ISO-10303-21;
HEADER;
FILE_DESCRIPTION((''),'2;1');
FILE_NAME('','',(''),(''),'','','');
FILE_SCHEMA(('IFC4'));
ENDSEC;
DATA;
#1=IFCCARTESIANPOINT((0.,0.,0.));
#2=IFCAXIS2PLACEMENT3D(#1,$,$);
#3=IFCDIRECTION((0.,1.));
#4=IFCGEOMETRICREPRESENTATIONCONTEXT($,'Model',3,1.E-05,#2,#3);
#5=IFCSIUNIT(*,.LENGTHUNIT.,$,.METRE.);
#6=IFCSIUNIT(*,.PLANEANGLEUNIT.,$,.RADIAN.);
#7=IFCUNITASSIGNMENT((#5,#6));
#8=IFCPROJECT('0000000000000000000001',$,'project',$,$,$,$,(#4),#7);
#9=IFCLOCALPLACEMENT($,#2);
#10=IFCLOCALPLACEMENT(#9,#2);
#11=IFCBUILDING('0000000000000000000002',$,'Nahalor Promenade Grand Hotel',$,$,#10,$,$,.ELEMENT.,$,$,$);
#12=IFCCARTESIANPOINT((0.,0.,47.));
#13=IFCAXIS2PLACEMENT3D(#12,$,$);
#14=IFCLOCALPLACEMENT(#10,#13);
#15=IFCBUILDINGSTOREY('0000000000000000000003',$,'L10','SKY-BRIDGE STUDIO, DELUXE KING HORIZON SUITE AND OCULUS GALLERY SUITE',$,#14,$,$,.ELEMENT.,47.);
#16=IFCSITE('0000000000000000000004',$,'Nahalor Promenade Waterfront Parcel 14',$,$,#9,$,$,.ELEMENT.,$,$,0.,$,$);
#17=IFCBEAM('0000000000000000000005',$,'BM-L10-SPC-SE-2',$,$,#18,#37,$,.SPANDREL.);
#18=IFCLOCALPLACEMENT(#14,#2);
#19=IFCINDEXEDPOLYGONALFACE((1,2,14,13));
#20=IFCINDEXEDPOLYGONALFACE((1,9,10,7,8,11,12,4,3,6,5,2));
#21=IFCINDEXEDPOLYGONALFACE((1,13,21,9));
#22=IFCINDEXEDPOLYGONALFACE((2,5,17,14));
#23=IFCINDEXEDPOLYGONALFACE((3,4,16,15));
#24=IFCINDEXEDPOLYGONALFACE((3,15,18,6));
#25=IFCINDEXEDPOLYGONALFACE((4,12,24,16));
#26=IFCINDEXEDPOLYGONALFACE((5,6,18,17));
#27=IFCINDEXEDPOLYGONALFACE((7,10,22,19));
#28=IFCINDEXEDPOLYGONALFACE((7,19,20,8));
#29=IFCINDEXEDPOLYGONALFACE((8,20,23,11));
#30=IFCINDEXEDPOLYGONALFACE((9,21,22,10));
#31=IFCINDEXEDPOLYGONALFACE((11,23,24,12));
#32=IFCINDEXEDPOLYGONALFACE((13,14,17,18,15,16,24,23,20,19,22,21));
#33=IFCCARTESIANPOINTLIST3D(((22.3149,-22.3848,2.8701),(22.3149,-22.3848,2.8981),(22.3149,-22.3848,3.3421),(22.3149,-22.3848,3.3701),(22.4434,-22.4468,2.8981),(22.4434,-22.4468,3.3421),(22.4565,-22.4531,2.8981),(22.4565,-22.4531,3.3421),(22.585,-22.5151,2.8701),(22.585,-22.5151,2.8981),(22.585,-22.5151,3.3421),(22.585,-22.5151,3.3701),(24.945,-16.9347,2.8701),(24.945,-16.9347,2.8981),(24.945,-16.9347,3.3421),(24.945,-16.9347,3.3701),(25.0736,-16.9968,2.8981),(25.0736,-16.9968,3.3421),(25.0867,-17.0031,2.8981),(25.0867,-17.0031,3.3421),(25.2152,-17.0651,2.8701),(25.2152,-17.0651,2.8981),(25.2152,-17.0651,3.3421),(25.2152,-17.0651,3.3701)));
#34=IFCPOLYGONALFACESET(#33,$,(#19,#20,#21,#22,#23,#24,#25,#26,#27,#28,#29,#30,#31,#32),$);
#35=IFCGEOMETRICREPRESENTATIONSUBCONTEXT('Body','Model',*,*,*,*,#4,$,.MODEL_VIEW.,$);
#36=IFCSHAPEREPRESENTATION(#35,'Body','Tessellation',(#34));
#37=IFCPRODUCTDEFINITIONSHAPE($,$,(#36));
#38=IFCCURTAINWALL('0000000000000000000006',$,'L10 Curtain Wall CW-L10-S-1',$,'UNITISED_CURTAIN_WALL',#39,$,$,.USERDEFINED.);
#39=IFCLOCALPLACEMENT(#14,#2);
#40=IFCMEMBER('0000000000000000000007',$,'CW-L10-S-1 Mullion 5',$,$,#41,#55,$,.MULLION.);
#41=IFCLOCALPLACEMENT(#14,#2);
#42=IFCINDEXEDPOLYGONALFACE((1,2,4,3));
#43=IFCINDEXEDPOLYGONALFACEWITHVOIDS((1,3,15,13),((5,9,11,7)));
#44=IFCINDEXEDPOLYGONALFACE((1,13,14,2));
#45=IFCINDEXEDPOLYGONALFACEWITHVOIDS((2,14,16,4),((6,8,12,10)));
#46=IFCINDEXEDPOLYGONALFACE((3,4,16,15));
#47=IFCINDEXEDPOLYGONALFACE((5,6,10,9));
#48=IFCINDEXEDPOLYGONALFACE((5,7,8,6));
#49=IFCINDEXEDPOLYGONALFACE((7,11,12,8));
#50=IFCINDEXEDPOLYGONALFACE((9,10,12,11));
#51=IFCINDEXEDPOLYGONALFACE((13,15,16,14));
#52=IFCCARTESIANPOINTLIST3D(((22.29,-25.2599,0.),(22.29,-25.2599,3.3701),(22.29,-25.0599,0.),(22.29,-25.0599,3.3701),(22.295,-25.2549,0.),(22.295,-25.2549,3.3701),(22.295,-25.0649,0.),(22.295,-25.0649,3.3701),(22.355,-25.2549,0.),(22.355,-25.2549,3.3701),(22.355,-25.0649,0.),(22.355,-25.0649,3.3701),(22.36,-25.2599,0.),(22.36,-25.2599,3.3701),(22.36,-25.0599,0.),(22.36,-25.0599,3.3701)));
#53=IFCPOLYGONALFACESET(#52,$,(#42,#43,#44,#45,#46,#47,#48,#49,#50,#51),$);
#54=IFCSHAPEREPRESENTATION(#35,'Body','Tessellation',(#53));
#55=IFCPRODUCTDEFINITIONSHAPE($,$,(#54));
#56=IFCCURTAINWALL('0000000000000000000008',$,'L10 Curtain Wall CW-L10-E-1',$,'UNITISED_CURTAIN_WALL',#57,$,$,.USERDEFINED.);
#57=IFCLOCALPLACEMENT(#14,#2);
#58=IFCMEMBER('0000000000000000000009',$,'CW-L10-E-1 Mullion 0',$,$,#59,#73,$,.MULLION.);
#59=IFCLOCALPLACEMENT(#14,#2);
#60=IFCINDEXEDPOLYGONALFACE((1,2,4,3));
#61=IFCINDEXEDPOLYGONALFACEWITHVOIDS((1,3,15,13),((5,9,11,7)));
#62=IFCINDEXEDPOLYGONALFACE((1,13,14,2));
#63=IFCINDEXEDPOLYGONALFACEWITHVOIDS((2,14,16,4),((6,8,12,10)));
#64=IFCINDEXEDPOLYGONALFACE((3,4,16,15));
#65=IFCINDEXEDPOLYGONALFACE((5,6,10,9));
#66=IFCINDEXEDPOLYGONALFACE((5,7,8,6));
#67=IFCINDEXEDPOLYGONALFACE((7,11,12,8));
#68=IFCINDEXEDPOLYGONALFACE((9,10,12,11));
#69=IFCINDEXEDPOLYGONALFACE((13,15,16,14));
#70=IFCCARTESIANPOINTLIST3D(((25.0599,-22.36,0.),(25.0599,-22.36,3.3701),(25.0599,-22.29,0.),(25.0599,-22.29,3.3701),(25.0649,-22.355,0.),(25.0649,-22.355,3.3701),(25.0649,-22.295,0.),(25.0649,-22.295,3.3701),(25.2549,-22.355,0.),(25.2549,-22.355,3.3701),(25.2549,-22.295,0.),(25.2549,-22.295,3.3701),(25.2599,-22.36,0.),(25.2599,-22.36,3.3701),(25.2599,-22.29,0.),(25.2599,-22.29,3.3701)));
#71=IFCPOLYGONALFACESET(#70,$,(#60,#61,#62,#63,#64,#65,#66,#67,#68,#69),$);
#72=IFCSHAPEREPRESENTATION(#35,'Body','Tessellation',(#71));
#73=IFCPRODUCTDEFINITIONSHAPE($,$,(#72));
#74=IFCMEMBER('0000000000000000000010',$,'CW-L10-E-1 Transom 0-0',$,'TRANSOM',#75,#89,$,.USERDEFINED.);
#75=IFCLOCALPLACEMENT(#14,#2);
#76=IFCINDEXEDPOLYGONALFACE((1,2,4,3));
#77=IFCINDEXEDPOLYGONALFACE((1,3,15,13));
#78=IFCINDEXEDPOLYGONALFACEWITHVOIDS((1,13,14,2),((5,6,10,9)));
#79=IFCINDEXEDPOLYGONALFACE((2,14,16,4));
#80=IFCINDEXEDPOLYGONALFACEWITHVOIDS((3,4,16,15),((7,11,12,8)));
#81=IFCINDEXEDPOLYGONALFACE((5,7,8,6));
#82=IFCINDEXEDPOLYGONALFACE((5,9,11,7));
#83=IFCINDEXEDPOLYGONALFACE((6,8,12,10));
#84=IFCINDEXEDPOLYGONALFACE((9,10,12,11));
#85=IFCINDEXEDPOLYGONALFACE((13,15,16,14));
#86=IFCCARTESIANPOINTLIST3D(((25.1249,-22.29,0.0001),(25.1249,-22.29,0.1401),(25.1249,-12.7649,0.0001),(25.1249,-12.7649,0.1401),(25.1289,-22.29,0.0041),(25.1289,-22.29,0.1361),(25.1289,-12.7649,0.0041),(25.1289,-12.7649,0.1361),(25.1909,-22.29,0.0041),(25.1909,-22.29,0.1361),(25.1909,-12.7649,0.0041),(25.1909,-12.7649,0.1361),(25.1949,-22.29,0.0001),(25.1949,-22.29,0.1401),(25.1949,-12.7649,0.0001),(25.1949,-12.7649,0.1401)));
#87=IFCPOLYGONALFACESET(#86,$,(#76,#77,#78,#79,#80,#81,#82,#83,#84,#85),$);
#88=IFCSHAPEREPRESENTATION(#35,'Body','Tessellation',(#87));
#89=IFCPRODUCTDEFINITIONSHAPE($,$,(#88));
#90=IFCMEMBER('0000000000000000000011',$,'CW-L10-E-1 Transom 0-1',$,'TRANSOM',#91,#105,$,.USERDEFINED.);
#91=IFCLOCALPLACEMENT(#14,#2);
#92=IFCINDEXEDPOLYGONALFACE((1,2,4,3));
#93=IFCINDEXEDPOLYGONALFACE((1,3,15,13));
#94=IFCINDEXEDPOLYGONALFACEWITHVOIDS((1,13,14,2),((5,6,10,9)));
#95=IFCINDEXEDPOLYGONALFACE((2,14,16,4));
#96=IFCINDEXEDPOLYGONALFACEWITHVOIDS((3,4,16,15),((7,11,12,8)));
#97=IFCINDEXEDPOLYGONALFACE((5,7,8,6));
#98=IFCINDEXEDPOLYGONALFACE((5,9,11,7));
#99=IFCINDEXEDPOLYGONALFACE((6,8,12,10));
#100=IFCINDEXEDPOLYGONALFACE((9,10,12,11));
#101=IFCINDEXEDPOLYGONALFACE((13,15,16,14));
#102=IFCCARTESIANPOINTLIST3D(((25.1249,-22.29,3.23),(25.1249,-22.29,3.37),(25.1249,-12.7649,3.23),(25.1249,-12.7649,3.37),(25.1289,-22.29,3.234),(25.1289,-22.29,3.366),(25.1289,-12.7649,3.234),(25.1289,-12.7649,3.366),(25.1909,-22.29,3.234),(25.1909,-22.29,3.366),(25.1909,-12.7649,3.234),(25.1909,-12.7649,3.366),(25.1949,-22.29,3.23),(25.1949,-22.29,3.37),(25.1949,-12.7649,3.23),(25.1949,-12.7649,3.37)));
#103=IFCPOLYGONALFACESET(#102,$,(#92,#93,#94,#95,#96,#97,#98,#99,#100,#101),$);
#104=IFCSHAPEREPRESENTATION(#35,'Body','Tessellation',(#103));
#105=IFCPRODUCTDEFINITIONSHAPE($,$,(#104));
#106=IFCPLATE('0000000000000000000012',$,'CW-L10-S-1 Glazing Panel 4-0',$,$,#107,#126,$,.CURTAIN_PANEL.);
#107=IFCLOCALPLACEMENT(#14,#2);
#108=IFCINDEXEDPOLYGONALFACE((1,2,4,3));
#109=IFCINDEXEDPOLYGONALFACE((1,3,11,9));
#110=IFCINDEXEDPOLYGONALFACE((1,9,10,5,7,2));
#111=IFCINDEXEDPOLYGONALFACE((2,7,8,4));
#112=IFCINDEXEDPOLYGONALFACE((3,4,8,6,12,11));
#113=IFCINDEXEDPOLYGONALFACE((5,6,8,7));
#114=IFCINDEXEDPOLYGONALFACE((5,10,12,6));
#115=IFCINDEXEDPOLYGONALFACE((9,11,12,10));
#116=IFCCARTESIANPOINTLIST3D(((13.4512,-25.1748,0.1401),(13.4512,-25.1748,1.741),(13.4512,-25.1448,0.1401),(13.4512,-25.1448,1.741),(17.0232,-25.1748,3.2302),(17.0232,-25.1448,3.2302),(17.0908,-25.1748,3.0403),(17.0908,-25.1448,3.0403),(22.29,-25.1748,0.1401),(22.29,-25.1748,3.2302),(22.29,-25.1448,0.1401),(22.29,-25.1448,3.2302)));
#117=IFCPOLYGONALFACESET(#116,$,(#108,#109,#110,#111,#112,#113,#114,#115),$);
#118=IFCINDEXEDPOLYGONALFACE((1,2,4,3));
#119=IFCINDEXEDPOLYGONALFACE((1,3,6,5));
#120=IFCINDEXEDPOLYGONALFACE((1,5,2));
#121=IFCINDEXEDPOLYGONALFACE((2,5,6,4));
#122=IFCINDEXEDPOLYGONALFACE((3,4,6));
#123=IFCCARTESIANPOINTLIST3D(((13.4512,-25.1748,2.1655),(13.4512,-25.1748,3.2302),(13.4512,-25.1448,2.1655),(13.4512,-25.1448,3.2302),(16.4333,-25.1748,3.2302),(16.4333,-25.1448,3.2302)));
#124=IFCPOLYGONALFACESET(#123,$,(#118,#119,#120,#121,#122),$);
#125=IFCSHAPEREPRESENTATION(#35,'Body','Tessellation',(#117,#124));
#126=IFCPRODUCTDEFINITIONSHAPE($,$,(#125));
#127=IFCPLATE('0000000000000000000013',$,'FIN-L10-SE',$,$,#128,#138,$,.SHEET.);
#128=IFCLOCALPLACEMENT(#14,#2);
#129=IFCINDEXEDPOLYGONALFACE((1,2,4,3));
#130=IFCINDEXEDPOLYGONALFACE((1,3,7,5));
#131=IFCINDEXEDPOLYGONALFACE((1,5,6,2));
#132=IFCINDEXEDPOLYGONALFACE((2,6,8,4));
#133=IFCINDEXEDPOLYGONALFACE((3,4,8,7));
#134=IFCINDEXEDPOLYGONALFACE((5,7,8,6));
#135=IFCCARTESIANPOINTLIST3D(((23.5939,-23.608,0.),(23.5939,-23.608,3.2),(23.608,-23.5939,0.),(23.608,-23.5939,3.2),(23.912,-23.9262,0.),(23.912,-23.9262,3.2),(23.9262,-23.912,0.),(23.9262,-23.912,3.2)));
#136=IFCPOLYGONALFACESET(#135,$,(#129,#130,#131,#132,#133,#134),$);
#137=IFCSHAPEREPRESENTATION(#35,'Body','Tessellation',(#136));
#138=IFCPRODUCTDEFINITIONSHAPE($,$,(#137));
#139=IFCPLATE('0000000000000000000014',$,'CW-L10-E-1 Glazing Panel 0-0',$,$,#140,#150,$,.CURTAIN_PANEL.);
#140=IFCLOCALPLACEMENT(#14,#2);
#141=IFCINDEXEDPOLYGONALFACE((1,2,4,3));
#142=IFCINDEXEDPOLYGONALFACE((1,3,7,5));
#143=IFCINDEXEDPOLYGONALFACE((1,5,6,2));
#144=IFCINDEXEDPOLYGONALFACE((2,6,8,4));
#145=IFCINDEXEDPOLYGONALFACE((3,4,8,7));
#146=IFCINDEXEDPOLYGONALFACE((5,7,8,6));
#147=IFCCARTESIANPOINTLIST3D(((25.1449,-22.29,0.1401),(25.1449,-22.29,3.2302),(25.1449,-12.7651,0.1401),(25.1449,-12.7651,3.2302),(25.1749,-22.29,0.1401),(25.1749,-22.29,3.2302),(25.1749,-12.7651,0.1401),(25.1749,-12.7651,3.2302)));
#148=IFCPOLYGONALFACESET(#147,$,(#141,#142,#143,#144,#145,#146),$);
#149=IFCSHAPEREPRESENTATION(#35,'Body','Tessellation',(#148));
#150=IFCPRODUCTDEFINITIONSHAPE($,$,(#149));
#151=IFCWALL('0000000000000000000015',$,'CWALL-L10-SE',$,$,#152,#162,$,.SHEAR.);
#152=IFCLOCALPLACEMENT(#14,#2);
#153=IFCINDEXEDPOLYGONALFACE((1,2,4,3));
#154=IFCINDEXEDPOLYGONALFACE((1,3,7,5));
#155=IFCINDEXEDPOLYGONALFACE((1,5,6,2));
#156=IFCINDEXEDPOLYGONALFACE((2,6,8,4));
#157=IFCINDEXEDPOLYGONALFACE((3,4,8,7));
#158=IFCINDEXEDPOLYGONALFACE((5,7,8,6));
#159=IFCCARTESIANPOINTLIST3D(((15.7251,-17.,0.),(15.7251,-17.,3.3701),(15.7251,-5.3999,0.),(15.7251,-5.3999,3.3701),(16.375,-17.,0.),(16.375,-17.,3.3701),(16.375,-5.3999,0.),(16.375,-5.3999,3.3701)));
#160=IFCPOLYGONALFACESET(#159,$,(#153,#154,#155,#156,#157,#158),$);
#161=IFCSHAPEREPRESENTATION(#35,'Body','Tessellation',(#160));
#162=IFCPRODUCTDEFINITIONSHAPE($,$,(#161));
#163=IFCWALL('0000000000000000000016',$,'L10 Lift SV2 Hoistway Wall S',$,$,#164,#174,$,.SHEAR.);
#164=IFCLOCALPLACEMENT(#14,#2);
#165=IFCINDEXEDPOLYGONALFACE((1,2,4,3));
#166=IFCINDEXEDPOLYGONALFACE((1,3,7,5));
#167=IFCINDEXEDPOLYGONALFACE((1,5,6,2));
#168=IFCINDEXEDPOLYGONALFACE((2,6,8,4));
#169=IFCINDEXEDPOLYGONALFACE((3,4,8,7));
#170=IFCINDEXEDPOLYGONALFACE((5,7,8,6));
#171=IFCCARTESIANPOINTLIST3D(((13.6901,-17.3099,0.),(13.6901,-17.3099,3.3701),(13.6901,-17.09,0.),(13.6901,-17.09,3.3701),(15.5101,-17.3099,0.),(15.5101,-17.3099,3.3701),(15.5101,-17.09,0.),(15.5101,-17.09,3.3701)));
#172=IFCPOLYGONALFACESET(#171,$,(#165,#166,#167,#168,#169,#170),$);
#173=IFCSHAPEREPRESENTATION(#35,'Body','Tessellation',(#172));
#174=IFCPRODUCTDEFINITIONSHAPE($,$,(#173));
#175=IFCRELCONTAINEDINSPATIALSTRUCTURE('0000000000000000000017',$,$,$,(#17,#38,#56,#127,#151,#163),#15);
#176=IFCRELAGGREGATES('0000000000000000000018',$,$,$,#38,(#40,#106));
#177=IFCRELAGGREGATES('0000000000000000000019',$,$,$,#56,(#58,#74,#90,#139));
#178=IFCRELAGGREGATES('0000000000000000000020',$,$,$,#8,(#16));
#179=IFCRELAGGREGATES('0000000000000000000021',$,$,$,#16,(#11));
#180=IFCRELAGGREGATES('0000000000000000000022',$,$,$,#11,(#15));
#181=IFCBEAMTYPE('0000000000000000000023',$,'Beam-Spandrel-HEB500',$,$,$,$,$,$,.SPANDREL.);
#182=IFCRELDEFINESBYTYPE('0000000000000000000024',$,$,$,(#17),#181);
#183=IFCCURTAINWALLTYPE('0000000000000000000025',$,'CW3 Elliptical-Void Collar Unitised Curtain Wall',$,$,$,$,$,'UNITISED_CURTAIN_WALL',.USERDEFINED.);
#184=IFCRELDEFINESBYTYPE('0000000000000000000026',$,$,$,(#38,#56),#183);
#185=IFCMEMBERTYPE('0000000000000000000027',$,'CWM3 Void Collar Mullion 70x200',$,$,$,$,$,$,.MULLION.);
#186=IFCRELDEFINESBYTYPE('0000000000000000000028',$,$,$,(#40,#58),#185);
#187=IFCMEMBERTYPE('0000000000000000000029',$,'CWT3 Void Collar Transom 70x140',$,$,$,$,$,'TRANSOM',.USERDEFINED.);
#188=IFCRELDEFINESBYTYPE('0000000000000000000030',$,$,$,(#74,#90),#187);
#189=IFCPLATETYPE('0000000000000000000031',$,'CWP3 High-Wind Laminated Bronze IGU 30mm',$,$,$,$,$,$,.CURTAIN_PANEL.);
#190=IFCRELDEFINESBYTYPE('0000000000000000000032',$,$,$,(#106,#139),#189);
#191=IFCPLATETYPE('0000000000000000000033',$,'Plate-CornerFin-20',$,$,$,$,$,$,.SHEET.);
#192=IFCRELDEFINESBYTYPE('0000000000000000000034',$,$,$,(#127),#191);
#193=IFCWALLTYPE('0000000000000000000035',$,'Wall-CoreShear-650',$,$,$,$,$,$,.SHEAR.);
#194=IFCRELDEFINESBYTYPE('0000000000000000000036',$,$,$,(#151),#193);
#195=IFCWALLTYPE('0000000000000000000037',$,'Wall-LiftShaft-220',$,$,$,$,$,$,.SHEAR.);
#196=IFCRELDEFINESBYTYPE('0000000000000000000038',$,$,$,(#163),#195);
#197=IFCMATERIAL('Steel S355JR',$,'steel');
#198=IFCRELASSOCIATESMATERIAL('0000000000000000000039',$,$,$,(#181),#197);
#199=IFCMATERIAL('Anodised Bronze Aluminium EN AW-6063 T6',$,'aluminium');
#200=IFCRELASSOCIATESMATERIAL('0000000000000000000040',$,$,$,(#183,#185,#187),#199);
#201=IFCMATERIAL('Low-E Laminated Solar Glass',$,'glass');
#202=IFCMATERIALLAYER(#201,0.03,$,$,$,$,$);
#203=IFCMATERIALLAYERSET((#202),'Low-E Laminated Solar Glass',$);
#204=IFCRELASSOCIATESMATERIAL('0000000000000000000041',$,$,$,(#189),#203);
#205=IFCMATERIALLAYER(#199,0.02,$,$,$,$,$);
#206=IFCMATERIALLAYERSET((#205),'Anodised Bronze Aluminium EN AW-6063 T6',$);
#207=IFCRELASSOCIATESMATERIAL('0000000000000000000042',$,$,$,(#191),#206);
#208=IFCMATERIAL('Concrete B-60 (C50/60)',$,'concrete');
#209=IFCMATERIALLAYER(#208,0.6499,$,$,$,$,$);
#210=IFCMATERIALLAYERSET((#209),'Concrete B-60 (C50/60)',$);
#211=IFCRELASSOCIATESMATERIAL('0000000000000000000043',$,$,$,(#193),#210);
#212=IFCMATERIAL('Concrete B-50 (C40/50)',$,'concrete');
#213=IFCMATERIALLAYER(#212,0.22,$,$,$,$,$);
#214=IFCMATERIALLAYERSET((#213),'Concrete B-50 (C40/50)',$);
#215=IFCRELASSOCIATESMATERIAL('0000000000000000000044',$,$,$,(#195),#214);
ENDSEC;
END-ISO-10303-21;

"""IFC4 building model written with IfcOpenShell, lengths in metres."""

from ifc_helpers import new_model, si_unit, direction, frame, frame_2d, origin, origin_2d, place, context, subcontext, project, spatial, polyline, rectangle, hollow_rectangle, i_section, outline, extrude, source, transform, mapped, material, layer, layer_set, material_profile, profile_set, type_object, element, aggregate, save


model = new_model("IFC4")

# Units and contexts
model_context = context("Model", 3, precision=1e-05, world=origin(), true_north=direction((0.0, 1.0)))
body_context = subcontext(model_context, "Body", "Model", "MODEL_VIEW")
ifc_project = project(units=[si_unit("LENGTHUNIT", "METRE"), si_unit("PLANEANGLEUNIT", "RADIAN")], contexts=[model_context])

# Site, building, storey
site_placement = place(None, origin())
site = spatial("IfcSite", under=ifc_project, at=site_placement, Name="Nahalor Promenade Waterfront Parcel 14", CompositionType="ELEMENT", RefElevation=0.0)
building_placement = place(site_placement, origin())
building = spatial("IfcBuilding", under=site, at=building_placement, Name="Nahalor Promenade Grand Hotel", CompositionType="ELEMENT")
storey_placement = place(building_placement, frame((0.0, 0.0, 47.0)))
storey = spatial("IfcBuildingStorey", under=building, at=storey_placement, Name="L10", Description="SKY-BRIDGE STUDIO, DELUXE KING HORIZON SUITE AND OCULUS GALLERY SUITE", CompositionType="ELEMENT", Elevation=47.0)

# Beam
ifc_material_1 = material(Name="Steel S355JR", Category="steel")
ifc_material_profile_1 = material_profile(ifc_material_1, i_section(OverallWidth=0.3, OverallDepth=0.5, WebThickness=0.0145, FlangeThickness=0.028, at=origin_2d()), Name="HEB 500")
ifc_profile_set_1 = profile_set([ifc_material_profile_1], Name="Steel S355JR")
beam_type_1 = type_object("IfcBeamType", Name="Beam-Spandrel-HEB500", PredefinedType="SPANDREL", material=ifc_profile_set_1)
shared_shape_1 = source(origin(), body_context, "Body", "SweptSolid", [
    extrude(i_section(OverallWidth=0.3, OverallDepth=0.5, WebThickness=0.0145, FlangeThickness=0.028, at=origin_2d()), origin(), (0.0, 0.0, 1.0), 6.0515),
])
for number, where, z_axis, x_axis, name in (
    (1, (22.45, -22.45, 3.1201), (0.434631, 0.900609, 0.0), (-0.900609, 0.434631, 0.0), "BM-L10-SPC-SE-2"),
):
    element("IfcBeam", number, at=place(storey_placement, frame(where, z_axis=z_axis, x_axis=x_axis)), inside=storey, type_object=beam_type_1, Name=name, PredefinedType="SPANDREL", context=body_context, shape_type="MappedRepresentation", body=[
        mapped(shared_shape_1, transform((0.0, 0.0, 0.0), scale=1.0)),
    ])

# Curtain wall, member
ifc_material_2 = material(Name="Anodised Bronze Aluminium EN AW-6063 T6", Category="aluminium")
curtain_wall_type = type_object("IfcCurtainWallType", Name="CW3 Elliptical-Void Collar Unitised Curtain Wall", ElementType="UNITISED_CURTAIN_WALL", PredefinedType="USERDEFINED", material=ifc_material_2)
curtain_wall_1_placement = place(storey_placement, origin())
curtain_wall_1 = element("IfcCurtainWall", 2, at=curtain_wall_1_placement, inside=storey, type_object=curtain_wall_type, Name="L10 Curtain Wall CW-L10-S-1", ObjectType="UNITISED_CURTAIN_WALL", PredefinedType="USERDEFINED")
ifc_material_profile_2 = material_profile(ifc_material_2, hollow_rectangle(XDim=0.07, YDim=0.2, WallThickness=0.005, at=origin_2d()), Name="CWM 70x200x5")
ifc_profile_set_2 = profile_set([ifc_material_profile_2], Name="Anodised Bronze Aluminium EN AW-6063 T6")
member_type_1 = type_object("IfcMemberType", Name="CWM3 Void Collar Mullion 70x200", PredefinedType="MULLION", material=ifc_profile_set_2)
shared_shape_2 = source(origin(), body_context, "Body", "SweptSolid", [
    extrude(hollow_rectangle(XDim=0.07, YDim=0.2, WallThickness=0.005, at=origin_2d()), origin(), (0.0, 0.0, 1.0), 3.3701),
])
member_1_placement = place(storey_placement, frame((22.325, -25.1599, 0.0), z_axis=(0.0, 0.0, 1.0), x_axis=(1.0, 0.0, 0.0)))
member_1 = element("IfcMember", 3, at=member_1_placement, type_object=member_type_1, Name="CW-L10-S-1 Mullion 5", PredefinedType="MULLION", context=body_context, shape_type="MappedRepresentation", body=[
    mapped(shared_shape_2, transform((0.0, 0.0, 0.0), scale=1.0)),
])

# Curtain wall, members
curtain_wall_2_placement = place(storey_placement, origin())
curtain_wall_2 = element("IfcCurtainWall", 4, at=curtain_wall_2_placement, inside=storey, type_object=curtain_wall_type, Name="L10 Curtain Wall CW-L10-E-1", ObjectType="UNITISED_CURTAIN_WALL", PredefinedType="USERDEFINED")
member_2_placement = place(storey_placement, frame((25.1599, -22.325, 0.0), z_axis=(0.0, 0.0, 1.0), x_axis=(0.0, 1.0, 0.0)))
member_2 = element("IfcMember", 5, at=member_2_placement, type_object=member_type_1, Name="CW-L10-E-1 Mullion 0", PredefinedType="MULLION", context=body_context, shape_type="MappedRepresentation", body=[
    mapped(shared_shape_2, transform((0.0, 0.0, 0.0), scale=1.0)),
])
ifc_material_profile_3 = material_profile(ifc_material_2, hollow_rectangle(XDim=0.07, YDim=0.14, WallThickness=0.004, at=origin_2d()), Name="CWT 70x140x4")
ifc_profile_set_3 = profile_set([ifc_material_profile_3], Name="Anodised Bronze Aluminium EN AW-6063 T6")
member_type_2 = type_object("IfcMemberType", Name="CWT3 Void Collar Transom 70x140", ElementType="TRANSOM", PredefinedType="USERDEFINED", material=ifc_profile_set_3)
shared_shape_3 = source(origin(), body_context, "Body", "SweptSolid", [
    extrude(hollow_rectangle(XDim=0.07, YDim=0.14, WallThickness=0.004, at=origin_2d()), origin(), (0.0, 0.0, 1.0), 9.5251),
])
member_3_placement = place(storey_placement, frame((25.1599, -22.29, 0.0701), z_axis=(0.0, 1.0, 0.0), x_axis=(-1.0, 0.0, 0.0)))
member_3 = element("IfcMember", 6, at=member_3_placement, type_object=member_type_2, Name="CW-L10-E-1 Transom 0-0", ObjectType="TRANSOM", PredefinedType="USERDEFINED", context=body_context, shape_type="MappedRepresentation", body=[
    mapped(shared_shape_3, transform((0.0, 0.0, 0.0), scale=1.0)),
])
member_4_placement = place(storey_placement, frame((25.1599, -22.29, 3.3), z_axis=(0.0, 1.0, 0.0), x_axis=(-1.0, 0.0, 0.0)))
member_4 = element("IfcMember", 7, at=member_4_placement, type_object=member_type_2, Name="CW-L10-E-1 Transom 0-1", ObjectType="TRANSOM", PredefinedType="USERDEFINED", context=body_context, shape_type="MappedRepresentation", body=[
    mapped(shared_shape_3, transform((0.0, 0.0, 0.0), scale=1.0)),
])

# Plates
ifc_material_3 = material(Name="Low-E Laminated Solar Glass", Category="glass")
ifc_layer_1 = layer(ifc_material_3, 0.03)
ifc_layer_set_1 = layer_set([ifc_layer_1], Name="Low-E Laminated Solar Glass")
plate_type_1 = type_object("IfcPlateType", Name="CWP3 High-Wind Laminated Bronze IGU 30mm", PredefinedType="CURTAIN_PANEL", material=ifc_layer_set_1)
plate_1_placement = place(storey_placement, frame((17.8706, -25.1599, 0.1401), z_axis=(0.0, 0.0, 1.0), x_axis=(1.0, 0.0, 0.0)))
plate_1 = element("IfcPlate", 8, at=plate_1_placement, type_object=plate_type_1, Name="CW-L10-S-1 Glazing Panel 4-0", PredefinedType="CURTAIN_PANEL", context=body_context, shape_type="SweptSolid", body=[
    extrude(outline(polyline([(4.4194, 0.0), (4.4194, 3.0901), (-0.8474, 3.0901), (-0.7798, 2.9001), (-4.4194, 1.6008), (-4.4194, 0.0), (4.4194, 0.0)])), frame((0.0, 0.0151, 0.0), z_axis=(0.0, -1.0, 0.0), x_axis=(1.0, 0.0, 0.0)), (0.0, 0.0, 1.0), 0.03),
    extrude(outline(polyline([(-1.4373, 3.0901), (-4.4194, 3.0901), (-4.4194, 2.0254), (-1.4373, 3.0901)])), frame((0.0, 0.0151, 0.0), z_axis=(0.0, -1.0, 0.0), x_axis=(1.0, 0.0, 0.0)), (0.0, 0.0, 1.0), 0.03),
])
aggregate(curtain_wall_1, [member_1, plate_1])
ifc_layer_2 = layer(ifc_material_2, 0.02)
ifc_layer_set_2 = layer_set([ifc_layer_2], Name="Anodised Bronze Aluminium EN AW-6063 T6")
plate_type_2 = type_object("IfcPlateType", Name="Plate-CornerFin-20", PredefinedType="SHEET", material=ifc_layer_set_2)
shared_shape_4 = source(origin(), body_context, "Body", "SweptSolid", [
    extrude(rectangle(XDim=0.45, YDim=0.02, at=origin_2d()), origin(), (0.0, 0.0, 1.0), 3.2),
])
plate_2_placement = place(storey_placement, frame((23.76, -23.76, 0.0), z_axis=(0.0, 0.0, 1.0), x_axis=(-0.707107, 0.707107, 0.0)))
element("IfcPlate", 9, at=plate_2_placement, inside=storey, type_object=plate_type_2, Name="FIN-L10-SE", PredefinedType="SHEET", context=body_context, shape_type="MappedRepresentation", body=[
    mapped(shared_shape_4, transform((0.0, 0.0, 0.0), scale=1.0)),
])
shared_shape_5 = source(origin(), body_context, "Body", "SweptSolid", [
    extrude(rectangle(XDim=9.5249, YDim=0.03, at=origin_2d()), origin(), (0.0, 0.0, 1.0), 3.0901),
])
plate_3_placement = place(storey_placement, frame((25.1599, -17.5276, 0.1401), z_axis=(0.0, 0.0, 1.0), x_axis=(0.0, 1.0, 0.0)))
plate_3 = element("IfcPlate", 10, at=plate_3_placement, type_object=plate_type_1, Name="CW-L10-E-1 Glazing Panel 0-0", PredefinedType="CURTAIN_PANEL", context=body_context, shape_type="MappedRepresentation", body=[
    mapped(shared_shape_5, transform((0.0, 0.0, 0.0), scale=1.0)),
])
aggregate(curtain_wall_2, [member_2, member_3, member_4, plate_3])

# Walls
ifc_material_4 = material(Name="Concrete B-60 (C50/60)", Category="concrete")
ifc_layer_3 = layer(ifc_material_4, 0.6499)
ifc_layer_set_3 = layer_set([ifc_layer_3], Name="Concrete B-60 (C50/60)")
wall_type_1 = type_object("IfcWallType", Name="Wall-CoreShear-650", PredefinedType="SHEAR", material=ifc_layer_set_3)
shared_shape_6 = source(origin(), body_context, "Body", "SweptSolid", [
    extrude(rectangle(XDim=11.6001, YDim=0.6499, at=frame_2d((5.8, 0.0))), origin(), (0.0, 0.0, 1.0), 3.3701),
])
wall_1_placement = place(storey_placement, frame((16.05, -17.0, 0.0), z_axis=(0.0, 0.0, 1.0), x_axis=(0.0, 1.0, 0.0)))
element("IfcWall", 11, at=wall_1_placement, inside=storey, type_object=wall_type_1, Name="CWALL-L10-SE", PredefinedType="SHEAR", context=body_context, shape_type="MappedRepresentation", body=[
    mapped(shared_shape_6, transform((0.0, 0.0, 0.0), scale=1.0)),
])
ifc_material_5 = material(Name="Concrete B-50 (C40/50)", Category="concrete")
ifc_layer_4 = layer(ifc_material_5, 0.22)
ifc_layer_set_4 = layer_set([ifc_layer_4], Name="Concrete B-50 (C40/50)")
wall_type_2 = type_object("IfcWallType", Name="Wall-LiftShaft-220", PredefinedType="SHEAR", material=ifc_layer_set_4)
shared_shape_7 = source(origin(), body_context, "Body", "SweptSolid", [
    extrude(rectangle(XDim=1.8201, YDim=0.22, at=frame_2d((0.9102, 0.0))), origin(), (0.0, 0.0, 1.0), 3.3701),
])
wall_2_placement = place(storey_placement, frame((13.6899, -17.2, 0.0), z_axis=(0.0, 0.0, 1.0), x_axis=(1.0, 0.0, 0.0)))
element("IfcWall", 12, at=wall_2_placement, inside=storey, type_object=wall_type_2, Name="L10 Lift SV2 Hoistway Wall S", PredefinedType="SHEAR", context=body_context, shape_type="MappedRepresentation", body=[
    mapped(shared_shape_7, transform((0.0, 0.0, 0.0), scale=1.0)),
])

save(model, "model.ifc")
